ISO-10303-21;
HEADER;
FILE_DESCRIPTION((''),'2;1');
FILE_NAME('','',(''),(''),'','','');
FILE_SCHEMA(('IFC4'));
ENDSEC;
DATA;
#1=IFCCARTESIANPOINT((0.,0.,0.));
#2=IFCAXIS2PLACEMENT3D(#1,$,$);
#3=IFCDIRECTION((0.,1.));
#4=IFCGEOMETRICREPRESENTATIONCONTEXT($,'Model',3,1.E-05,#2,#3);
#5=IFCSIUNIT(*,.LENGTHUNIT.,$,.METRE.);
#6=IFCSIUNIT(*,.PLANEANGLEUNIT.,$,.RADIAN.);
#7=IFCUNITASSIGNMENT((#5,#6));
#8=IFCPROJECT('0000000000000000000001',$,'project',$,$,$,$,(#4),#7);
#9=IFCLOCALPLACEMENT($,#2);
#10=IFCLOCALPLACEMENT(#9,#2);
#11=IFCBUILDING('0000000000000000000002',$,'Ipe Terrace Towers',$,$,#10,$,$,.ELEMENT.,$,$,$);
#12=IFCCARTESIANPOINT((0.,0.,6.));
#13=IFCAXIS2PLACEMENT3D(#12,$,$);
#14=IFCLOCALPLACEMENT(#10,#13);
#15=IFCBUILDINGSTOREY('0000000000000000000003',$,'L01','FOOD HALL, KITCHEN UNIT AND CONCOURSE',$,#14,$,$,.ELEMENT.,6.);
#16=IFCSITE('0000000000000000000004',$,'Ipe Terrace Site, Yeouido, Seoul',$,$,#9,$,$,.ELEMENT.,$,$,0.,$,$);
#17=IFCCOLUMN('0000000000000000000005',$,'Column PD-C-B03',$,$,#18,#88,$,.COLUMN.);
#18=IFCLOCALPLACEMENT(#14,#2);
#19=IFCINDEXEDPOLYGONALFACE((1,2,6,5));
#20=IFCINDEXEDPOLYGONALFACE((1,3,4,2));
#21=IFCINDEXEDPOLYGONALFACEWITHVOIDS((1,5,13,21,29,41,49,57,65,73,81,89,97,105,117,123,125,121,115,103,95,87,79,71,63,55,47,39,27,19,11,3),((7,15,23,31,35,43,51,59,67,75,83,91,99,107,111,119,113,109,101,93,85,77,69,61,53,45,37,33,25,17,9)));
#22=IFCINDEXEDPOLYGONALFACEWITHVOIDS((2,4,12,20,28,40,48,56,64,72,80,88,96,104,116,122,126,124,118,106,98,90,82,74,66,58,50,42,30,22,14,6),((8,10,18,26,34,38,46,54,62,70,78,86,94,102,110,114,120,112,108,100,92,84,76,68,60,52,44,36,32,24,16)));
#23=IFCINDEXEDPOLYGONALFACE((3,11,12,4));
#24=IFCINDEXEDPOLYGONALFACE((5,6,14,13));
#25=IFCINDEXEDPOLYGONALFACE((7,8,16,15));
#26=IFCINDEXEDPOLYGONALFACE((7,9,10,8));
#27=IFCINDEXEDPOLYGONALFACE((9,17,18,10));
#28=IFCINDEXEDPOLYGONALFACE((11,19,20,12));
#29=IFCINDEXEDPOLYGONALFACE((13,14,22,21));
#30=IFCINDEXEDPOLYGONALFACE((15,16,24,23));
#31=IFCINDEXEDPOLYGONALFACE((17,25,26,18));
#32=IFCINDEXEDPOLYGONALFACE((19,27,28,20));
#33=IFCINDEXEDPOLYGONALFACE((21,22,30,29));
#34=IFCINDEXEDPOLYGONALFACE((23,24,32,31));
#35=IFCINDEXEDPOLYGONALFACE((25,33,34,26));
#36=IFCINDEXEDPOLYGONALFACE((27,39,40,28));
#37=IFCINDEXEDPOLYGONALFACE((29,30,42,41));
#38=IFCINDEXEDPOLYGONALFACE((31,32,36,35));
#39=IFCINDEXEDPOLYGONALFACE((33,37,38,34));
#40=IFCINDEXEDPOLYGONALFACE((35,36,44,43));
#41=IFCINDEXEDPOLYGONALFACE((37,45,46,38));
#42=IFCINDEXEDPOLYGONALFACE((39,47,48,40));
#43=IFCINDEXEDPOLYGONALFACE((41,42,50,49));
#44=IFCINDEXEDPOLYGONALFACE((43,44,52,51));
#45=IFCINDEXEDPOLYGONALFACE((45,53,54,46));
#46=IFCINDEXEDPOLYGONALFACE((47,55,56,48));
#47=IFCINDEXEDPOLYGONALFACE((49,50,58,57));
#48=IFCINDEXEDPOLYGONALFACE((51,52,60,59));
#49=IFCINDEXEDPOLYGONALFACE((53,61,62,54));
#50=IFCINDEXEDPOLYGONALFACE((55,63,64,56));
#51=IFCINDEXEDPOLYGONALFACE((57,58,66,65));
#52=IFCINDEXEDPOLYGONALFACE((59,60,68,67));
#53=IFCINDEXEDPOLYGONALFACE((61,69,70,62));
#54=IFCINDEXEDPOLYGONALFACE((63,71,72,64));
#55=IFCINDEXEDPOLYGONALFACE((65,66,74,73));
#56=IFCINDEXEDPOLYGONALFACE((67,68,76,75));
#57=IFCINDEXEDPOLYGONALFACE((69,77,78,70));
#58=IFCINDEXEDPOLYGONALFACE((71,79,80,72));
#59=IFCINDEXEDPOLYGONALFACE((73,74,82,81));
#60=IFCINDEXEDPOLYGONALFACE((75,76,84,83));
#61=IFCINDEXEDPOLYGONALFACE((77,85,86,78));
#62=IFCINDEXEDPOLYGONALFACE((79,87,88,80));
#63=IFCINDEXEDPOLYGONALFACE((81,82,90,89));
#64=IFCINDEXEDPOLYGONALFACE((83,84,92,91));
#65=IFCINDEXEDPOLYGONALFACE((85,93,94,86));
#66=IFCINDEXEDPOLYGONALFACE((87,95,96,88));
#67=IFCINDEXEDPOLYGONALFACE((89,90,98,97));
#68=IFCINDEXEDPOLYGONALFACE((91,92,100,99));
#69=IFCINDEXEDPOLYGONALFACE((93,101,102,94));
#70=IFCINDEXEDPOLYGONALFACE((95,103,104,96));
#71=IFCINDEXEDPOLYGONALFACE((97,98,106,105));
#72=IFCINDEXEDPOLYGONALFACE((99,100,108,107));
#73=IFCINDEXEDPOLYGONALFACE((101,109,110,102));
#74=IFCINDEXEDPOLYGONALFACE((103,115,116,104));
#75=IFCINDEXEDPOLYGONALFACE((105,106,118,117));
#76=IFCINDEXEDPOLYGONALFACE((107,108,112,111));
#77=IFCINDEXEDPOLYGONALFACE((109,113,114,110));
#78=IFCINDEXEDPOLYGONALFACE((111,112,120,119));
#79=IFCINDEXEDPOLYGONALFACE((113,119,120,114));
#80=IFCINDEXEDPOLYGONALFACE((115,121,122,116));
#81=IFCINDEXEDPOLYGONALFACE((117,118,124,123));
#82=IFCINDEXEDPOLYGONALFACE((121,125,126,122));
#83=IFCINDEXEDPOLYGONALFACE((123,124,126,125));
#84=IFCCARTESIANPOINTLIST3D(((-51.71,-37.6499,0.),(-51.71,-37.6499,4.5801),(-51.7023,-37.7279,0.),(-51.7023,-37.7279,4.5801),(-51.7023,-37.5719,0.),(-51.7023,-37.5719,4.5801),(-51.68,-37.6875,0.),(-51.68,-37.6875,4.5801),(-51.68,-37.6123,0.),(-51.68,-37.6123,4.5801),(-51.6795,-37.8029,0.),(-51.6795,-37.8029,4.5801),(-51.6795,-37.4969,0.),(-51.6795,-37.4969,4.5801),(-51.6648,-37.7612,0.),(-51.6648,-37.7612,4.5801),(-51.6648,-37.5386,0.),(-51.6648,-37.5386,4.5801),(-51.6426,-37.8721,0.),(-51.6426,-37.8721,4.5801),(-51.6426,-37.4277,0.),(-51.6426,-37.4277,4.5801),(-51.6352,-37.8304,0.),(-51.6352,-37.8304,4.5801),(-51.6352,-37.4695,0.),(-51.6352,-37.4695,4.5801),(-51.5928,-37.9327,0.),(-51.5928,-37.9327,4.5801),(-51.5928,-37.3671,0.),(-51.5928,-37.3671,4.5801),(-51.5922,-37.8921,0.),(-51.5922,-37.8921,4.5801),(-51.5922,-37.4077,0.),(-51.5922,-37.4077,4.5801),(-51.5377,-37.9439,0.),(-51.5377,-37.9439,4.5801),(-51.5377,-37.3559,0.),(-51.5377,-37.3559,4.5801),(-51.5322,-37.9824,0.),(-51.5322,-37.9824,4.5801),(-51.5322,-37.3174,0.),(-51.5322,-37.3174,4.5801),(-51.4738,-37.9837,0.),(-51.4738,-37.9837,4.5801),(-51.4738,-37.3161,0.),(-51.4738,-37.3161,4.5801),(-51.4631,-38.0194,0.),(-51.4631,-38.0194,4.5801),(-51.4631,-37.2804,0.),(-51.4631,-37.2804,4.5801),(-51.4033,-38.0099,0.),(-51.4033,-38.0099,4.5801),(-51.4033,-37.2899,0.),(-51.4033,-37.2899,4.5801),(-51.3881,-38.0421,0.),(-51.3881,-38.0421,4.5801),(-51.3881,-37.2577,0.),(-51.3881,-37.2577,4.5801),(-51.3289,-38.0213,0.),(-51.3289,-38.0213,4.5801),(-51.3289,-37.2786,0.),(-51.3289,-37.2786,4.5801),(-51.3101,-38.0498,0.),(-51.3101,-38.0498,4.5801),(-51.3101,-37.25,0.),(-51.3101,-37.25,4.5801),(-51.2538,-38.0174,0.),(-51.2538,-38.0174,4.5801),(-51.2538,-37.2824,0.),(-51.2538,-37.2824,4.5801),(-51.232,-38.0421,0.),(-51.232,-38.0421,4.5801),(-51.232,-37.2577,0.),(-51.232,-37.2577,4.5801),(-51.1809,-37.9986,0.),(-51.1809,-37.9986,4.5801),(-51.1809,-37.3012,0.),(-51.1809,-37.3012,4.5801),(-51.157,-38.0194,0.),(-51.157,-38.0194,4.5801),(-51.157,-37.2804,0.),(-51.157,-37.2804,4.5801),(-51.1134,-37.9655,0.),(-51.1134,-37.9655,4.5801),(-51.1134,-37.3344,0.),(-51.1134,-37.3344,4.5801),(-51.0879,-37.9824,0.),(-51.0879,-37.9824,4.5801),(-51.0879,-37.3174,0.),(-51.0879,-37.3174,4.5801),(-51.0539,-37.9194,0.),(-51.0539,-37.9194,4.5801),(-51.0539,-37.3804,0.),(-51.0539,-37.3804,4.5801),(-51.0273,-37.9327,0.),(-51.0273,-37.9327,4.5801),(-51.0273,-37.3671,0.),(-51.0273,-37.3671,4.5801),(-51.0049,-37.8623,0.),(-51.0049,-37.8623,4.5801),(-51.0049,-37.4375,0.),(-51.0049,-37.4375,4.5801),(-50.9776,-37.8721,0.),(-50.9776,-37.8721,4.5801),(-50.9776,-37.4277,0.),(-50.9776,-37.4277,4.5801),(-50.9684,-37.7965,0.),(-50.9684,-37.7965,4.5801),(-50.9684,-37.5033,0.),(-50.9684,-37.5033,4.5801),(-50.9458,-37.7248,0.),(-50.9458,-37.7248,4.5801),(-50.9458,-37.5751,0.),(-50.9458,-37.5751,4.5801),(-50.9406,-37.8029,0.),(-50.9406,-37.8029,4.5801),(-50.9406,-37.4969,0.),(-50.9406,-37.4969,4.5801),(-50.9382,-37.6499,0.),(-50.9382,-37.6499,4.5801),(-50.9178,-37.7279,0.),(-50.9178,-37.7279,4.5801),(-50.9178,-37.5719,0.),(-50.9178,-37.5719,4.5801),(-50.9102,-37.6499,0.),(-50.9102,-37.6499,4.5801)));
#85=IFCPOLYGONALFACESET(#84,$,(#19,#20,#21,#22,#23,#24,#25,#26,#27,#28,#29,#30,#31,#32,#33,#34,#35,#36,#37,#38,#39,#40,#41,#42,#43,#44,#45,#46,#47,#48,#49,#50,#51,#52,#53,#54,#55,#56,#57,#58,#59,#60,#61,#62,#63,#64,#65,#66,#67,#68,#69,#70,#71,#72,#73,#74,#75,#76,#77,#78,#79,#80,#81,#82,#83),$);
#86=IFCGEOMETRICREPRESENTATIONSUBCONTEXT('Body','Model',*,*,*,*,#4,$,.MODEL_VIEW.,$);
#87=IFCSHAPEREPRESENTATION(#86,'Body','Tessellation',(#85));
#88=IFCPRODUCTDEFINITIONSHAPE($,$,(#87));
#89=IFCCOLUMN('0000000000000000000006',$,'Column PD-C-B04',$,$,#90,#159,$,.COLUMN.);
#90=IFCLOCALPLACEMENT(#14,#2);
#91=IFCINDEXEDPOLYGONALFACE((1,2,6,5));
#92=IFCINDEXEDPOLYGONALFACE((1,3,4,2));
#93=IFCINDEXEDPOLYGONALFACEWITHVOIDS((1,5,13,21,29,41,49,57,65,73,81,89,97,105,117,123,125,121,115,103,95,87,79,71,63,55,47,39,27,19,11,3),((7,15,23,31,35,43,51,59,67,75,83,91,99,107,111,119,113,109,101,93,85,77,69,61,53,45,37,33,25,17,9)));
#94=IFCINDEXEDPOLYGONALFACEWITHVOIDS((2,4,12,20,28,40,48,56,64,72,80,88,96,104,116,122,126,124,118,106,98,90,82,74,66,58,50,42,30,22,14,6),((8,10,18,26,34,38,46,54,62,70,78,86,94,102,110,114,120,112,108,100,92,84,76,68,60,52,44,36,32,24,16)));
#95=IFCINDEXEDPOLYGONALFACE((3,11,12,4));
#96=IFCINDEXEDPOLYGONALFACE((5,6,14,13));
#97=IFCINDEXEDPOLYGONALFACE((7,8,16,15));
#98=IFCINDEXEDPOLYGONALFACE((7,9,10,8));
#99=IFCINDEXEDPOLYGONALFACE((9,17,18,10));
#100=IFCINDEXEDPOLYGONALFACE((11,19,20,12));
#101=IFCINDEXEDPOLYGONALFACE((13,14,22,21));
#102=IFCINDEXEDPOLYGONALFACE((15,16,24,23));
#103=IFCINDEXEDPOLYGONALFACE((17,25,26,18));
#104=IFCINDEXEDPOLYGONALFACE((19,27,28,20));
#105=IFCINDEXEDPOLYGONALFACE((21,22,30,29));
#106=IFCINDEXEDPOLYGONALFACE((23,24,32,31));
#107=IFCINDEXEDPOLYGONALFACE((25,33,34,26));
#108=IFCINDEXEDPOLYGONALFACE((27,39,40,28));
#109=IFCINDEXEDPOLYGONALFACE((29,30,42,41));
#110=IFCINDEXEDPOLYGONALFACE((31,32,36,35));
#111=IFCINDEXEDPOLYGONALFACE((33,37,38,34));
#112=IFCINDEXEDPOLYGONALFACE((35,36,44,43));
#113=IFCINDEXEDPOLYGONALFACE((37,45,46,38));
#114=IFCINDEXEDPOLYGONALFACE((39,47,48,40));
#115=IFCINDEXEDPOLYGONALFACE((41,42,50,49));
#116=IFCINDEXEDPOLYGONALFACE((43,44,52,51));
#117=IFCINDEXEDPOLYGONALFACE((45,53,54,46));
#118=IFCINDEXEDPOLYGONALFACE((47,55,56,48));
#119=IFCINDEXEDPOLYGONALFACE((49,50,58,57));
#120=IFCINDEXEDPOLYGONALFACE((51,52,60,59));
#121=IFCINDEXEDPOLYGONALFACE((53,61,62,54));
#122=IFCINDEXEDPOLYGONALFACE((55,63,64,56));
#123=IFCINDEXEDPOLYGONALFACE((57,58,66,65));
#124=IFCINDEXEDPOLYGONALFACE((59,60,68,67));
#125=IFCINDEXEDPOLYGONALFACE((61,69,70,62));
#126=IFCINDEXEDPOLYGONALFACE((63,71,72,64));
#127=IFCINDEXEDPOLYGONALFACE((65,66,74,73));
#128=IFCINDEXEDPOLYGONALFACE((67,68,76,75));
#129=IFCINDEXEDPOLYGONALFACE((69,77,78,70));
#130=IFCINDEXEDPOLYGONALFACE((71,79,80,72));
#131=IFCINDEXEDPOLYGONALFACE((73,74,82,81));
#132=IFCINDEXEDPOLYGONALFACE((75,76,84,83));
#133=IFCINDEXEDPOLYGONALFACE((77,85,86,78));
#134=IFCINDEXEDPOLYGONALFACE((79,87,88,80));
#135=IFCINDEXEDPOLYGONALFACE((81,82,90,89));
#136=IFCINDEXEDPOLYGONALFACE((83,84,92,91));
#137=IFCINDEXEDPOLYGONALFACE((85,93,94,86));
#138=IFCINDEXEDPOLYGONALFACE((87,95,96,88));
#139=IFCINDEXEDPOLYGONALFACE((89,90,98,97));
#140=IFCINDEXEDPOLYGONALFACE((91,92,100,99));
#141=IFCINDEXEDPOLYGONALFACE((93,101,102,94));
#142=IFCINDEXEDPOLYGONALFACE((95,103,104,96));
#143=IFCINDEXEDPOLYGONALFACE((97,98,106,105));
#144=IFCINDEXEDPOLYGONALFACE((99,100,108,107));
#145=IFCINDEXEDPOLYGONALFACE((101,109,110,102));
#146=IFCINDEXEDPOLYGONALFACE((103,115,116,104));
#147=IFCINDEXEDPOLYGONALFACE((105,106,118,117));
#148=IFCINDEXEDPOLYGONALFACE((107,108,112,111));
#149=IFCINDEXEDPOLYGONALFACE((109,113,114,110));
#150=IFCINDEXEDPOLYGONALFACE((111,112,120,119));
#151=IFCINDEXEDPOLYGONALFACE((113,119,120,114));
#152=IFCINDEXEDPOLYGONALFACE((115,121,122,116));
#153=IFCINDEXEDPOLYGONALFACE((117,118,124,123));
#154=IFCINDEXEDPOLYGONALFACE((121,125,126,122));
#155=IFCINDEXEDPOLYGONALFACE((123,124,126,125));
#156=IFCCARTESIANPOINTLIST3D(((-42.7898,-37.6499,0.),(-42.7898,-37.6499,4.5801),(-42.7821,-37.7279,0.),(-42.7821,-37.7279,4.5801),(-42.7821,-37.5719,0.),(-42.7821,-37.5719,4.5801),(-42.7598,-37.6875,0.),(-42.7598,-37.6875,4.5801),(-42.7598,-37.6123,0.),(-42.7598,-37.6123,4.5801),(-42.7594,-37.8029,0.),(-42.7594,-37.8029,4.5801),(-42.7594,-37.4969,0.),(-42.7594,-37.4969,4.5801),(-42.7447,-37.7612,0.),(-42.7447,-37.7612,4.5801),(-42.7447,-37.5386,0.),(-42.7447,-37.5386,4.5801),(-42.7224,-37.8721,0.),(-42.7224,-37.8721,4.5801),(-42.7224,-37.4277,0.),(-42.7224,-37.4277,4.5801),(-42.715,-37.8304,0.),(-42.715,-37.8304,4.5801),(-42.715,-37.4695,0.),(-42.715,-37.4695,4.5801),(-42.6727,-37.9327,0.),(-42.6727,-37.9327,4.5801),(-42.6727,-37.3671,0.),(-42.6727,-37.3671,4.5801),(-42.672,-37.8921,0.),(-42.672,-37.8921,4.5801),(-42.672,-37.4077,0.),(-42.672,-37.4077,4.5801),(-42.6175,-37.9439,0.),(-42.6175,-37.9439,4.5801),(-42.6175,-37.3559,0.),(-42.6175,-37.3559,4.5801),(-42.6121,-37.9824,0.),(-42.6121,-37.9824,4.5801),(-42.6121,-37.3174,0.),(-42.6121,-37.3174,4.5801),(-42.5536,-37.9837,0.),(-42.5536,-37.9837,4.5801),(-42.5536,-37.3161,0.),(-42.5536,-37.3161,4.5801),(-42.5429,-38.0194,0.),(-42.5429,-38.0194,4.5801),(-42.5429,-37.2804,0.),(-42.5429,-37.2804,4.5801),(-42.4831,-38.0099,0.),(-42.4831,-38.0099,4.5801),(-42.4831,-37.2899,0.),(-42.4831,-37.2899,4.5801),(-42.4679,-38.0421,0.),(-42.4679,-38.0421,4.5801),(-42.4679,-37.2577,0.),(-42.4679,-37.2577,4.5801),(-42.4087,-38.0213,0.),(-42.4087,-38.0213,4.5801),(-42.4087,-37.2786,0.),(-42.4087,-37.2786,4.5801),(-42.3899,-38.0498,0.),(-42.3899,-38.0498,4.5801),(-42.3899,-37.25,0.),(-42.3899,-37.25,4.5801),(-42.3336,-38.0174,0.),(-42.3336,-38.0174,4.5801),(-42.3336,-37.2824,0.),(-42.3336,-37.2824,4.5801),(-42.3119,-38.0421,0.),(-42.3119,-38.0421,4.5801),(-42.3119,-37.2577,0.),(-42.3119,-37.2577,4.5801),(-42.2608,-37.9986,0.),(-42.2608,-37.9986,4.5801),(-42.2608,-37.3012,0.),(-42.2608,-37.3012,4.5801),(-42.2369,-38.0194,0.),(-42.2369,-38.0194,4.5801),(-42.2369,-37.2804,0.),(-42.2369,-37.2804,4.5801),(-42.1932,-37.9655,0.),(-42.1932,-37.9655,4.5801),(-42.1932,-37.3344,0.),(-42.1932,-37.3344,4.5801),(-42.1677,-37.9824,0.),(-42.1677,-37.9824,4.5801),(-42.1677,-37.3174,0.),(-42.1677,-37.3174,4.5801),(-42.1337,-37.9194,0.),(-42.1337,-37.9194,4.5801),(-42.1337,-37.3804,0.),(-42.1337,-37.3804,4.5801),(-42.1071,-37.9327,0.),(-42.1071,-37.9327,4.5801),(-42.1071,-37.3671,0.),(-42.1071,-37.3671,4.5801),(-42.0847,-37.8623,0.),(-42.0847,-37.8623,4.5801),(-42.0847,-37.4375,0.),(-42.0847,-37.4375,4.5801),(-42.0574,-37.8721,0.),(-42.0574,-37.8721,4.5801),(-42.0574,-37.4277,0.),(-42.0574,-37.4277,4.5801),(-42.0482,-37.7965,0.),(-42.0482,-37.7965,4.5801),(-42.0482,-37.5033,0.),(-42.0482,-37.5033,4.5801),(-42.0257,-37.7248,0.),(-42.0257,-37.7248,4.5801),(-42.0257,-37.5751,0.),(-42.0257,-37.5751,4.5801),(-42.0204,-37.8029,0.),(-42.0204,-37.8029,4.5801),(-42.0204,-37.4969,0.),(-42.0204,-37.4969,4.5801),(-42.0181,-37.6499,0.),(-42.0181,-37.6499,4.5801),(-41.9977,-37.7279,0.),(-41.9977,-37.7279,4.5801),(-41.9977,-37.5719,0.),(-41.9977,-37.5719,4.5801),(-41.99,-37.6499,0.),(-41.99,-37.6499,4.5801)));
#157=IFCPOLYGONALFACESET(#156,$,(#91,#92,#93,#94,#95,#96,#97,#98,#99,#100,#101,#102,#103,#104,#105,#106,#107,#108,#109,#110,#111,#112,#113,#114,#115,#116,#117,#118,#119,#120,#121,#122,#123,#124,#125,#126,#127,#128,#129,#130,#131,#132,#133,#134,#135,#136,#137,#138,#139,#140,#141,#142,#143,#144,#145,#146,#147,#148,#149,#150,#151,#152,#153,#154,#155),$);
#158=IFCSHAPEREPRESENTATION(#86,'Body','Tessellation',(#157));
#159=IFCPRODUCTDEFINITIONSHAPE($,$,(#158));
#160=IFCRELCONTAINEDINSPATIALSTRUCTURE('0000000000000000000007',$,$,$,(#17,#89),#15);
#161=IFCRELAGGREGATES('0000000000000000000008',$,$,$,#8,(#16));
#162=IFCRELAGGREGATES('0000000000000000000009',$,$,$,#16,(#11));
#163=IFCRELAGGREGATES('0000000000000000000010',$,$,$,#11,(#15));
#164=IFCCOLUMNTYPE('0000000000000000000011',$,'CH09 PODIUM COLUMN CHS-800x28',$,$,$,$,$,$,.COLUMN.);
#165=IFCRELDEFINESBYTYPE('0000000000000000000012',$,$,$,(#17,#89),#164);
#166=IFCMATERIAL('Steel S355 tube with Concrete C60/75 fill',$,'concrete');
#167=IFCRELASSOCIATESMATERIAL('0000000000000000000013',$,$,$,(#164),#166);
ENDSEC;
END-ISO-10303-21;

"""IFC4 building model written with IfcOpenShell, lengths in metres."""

from ifc_helpers import new_model, si_unit, direction, frame, origin, origin_2d, place, context, subcontext, project, spatial, hollow_circle, extrude, material, material_profile, profile_set, type_object, element, save


model = new_model("IFC4")

# Units and contexts
model_context = context("Model", 3, precision=1e-05, world=origin(), true_north=direction((0.0, 1.0)))
body_context = subcontext(model_context, "Body", "Model", "MODEL_VIEW")
ifc_project = project(units=[si_unit("LENGTHUNIT", "METRE"), si_unit("PLANEANGLEUNIT", "RADIAN")], contexts=[model_context])

# Site, building, storey
site_placement = place(None, origin())
site = spatial("IfcSite", under=ifc_project, at=site_placement, Name="Ipe Terrace Site, Yeouido, Seoul", CompositionType="ELEMENT", RefElevation=0.0)
building_placement = place(site_placement, origin())
building = spatial("IfcBuilding", under=site, at=building_placement, Name="Ipe Terrace Towers", CompositionType="ELEMENT")
storey_placement = place(building_placement, frame((0.0, 0.0, 6.0)))
storey = spatial("IfcBuildingStorey", under=building, at=storey_placement, Name="L01", Description="FOOD HALL, KITCHEN UNIT AND CONCOURSE", CompositionType="ELEMENT", Elevation=6.0)

# Columns
ifc_material_1 = material(Name="Steel S355 tube with Concrete C60/75 fill", Category="concrete")
ifc_material_profile_1 = material_profile(ifc_material_1, hollow_circle(Radius=0.3999, WallThickness=0.0281, at=origin_2d()), Name="CHS-800x28")
ifc_profile_set_1 = profile_set([ifc_material_profile_1], Name="Steel S355 tube with Concrete C60/75 fill")
column_type = type_object("IfcColumnType", Name="CH09 PODIUM COLUMN CHS-800x28", PredefinedType="COLUMN", material=ifc_profile_set_1)
for number, where, z_axis, x_axis, name in (
    (1, (-51.3101, -37.6499, 0.0), (0.0, 0.0, 1.0), (1.0, 0.0, 0.0), "Column PD-C-B03"),
    (2, (-42.3899, -37.6499, 0.0), (0.0, 0.0, 1.0), (1.0, 0.0, 0.0), "Column PD-C-B04"),
):
    element("IfcColumn", number, at=place(storey_placement, frame(where, z_axis=z_axis, x_axis=x_axis)), inside=storey, type_object=column_type, Name=name, PredefinedType="COLUMN", context=body_context, shape_type="SweptSolid", body=[
        extrude(hollow_circle(Radius=0.3999, WallThickness=0.0281, at=origin_2d()), origin(), (0.0, 0.0, 1.0), 4.5801),
    ])

save(model, "model.ifc")
